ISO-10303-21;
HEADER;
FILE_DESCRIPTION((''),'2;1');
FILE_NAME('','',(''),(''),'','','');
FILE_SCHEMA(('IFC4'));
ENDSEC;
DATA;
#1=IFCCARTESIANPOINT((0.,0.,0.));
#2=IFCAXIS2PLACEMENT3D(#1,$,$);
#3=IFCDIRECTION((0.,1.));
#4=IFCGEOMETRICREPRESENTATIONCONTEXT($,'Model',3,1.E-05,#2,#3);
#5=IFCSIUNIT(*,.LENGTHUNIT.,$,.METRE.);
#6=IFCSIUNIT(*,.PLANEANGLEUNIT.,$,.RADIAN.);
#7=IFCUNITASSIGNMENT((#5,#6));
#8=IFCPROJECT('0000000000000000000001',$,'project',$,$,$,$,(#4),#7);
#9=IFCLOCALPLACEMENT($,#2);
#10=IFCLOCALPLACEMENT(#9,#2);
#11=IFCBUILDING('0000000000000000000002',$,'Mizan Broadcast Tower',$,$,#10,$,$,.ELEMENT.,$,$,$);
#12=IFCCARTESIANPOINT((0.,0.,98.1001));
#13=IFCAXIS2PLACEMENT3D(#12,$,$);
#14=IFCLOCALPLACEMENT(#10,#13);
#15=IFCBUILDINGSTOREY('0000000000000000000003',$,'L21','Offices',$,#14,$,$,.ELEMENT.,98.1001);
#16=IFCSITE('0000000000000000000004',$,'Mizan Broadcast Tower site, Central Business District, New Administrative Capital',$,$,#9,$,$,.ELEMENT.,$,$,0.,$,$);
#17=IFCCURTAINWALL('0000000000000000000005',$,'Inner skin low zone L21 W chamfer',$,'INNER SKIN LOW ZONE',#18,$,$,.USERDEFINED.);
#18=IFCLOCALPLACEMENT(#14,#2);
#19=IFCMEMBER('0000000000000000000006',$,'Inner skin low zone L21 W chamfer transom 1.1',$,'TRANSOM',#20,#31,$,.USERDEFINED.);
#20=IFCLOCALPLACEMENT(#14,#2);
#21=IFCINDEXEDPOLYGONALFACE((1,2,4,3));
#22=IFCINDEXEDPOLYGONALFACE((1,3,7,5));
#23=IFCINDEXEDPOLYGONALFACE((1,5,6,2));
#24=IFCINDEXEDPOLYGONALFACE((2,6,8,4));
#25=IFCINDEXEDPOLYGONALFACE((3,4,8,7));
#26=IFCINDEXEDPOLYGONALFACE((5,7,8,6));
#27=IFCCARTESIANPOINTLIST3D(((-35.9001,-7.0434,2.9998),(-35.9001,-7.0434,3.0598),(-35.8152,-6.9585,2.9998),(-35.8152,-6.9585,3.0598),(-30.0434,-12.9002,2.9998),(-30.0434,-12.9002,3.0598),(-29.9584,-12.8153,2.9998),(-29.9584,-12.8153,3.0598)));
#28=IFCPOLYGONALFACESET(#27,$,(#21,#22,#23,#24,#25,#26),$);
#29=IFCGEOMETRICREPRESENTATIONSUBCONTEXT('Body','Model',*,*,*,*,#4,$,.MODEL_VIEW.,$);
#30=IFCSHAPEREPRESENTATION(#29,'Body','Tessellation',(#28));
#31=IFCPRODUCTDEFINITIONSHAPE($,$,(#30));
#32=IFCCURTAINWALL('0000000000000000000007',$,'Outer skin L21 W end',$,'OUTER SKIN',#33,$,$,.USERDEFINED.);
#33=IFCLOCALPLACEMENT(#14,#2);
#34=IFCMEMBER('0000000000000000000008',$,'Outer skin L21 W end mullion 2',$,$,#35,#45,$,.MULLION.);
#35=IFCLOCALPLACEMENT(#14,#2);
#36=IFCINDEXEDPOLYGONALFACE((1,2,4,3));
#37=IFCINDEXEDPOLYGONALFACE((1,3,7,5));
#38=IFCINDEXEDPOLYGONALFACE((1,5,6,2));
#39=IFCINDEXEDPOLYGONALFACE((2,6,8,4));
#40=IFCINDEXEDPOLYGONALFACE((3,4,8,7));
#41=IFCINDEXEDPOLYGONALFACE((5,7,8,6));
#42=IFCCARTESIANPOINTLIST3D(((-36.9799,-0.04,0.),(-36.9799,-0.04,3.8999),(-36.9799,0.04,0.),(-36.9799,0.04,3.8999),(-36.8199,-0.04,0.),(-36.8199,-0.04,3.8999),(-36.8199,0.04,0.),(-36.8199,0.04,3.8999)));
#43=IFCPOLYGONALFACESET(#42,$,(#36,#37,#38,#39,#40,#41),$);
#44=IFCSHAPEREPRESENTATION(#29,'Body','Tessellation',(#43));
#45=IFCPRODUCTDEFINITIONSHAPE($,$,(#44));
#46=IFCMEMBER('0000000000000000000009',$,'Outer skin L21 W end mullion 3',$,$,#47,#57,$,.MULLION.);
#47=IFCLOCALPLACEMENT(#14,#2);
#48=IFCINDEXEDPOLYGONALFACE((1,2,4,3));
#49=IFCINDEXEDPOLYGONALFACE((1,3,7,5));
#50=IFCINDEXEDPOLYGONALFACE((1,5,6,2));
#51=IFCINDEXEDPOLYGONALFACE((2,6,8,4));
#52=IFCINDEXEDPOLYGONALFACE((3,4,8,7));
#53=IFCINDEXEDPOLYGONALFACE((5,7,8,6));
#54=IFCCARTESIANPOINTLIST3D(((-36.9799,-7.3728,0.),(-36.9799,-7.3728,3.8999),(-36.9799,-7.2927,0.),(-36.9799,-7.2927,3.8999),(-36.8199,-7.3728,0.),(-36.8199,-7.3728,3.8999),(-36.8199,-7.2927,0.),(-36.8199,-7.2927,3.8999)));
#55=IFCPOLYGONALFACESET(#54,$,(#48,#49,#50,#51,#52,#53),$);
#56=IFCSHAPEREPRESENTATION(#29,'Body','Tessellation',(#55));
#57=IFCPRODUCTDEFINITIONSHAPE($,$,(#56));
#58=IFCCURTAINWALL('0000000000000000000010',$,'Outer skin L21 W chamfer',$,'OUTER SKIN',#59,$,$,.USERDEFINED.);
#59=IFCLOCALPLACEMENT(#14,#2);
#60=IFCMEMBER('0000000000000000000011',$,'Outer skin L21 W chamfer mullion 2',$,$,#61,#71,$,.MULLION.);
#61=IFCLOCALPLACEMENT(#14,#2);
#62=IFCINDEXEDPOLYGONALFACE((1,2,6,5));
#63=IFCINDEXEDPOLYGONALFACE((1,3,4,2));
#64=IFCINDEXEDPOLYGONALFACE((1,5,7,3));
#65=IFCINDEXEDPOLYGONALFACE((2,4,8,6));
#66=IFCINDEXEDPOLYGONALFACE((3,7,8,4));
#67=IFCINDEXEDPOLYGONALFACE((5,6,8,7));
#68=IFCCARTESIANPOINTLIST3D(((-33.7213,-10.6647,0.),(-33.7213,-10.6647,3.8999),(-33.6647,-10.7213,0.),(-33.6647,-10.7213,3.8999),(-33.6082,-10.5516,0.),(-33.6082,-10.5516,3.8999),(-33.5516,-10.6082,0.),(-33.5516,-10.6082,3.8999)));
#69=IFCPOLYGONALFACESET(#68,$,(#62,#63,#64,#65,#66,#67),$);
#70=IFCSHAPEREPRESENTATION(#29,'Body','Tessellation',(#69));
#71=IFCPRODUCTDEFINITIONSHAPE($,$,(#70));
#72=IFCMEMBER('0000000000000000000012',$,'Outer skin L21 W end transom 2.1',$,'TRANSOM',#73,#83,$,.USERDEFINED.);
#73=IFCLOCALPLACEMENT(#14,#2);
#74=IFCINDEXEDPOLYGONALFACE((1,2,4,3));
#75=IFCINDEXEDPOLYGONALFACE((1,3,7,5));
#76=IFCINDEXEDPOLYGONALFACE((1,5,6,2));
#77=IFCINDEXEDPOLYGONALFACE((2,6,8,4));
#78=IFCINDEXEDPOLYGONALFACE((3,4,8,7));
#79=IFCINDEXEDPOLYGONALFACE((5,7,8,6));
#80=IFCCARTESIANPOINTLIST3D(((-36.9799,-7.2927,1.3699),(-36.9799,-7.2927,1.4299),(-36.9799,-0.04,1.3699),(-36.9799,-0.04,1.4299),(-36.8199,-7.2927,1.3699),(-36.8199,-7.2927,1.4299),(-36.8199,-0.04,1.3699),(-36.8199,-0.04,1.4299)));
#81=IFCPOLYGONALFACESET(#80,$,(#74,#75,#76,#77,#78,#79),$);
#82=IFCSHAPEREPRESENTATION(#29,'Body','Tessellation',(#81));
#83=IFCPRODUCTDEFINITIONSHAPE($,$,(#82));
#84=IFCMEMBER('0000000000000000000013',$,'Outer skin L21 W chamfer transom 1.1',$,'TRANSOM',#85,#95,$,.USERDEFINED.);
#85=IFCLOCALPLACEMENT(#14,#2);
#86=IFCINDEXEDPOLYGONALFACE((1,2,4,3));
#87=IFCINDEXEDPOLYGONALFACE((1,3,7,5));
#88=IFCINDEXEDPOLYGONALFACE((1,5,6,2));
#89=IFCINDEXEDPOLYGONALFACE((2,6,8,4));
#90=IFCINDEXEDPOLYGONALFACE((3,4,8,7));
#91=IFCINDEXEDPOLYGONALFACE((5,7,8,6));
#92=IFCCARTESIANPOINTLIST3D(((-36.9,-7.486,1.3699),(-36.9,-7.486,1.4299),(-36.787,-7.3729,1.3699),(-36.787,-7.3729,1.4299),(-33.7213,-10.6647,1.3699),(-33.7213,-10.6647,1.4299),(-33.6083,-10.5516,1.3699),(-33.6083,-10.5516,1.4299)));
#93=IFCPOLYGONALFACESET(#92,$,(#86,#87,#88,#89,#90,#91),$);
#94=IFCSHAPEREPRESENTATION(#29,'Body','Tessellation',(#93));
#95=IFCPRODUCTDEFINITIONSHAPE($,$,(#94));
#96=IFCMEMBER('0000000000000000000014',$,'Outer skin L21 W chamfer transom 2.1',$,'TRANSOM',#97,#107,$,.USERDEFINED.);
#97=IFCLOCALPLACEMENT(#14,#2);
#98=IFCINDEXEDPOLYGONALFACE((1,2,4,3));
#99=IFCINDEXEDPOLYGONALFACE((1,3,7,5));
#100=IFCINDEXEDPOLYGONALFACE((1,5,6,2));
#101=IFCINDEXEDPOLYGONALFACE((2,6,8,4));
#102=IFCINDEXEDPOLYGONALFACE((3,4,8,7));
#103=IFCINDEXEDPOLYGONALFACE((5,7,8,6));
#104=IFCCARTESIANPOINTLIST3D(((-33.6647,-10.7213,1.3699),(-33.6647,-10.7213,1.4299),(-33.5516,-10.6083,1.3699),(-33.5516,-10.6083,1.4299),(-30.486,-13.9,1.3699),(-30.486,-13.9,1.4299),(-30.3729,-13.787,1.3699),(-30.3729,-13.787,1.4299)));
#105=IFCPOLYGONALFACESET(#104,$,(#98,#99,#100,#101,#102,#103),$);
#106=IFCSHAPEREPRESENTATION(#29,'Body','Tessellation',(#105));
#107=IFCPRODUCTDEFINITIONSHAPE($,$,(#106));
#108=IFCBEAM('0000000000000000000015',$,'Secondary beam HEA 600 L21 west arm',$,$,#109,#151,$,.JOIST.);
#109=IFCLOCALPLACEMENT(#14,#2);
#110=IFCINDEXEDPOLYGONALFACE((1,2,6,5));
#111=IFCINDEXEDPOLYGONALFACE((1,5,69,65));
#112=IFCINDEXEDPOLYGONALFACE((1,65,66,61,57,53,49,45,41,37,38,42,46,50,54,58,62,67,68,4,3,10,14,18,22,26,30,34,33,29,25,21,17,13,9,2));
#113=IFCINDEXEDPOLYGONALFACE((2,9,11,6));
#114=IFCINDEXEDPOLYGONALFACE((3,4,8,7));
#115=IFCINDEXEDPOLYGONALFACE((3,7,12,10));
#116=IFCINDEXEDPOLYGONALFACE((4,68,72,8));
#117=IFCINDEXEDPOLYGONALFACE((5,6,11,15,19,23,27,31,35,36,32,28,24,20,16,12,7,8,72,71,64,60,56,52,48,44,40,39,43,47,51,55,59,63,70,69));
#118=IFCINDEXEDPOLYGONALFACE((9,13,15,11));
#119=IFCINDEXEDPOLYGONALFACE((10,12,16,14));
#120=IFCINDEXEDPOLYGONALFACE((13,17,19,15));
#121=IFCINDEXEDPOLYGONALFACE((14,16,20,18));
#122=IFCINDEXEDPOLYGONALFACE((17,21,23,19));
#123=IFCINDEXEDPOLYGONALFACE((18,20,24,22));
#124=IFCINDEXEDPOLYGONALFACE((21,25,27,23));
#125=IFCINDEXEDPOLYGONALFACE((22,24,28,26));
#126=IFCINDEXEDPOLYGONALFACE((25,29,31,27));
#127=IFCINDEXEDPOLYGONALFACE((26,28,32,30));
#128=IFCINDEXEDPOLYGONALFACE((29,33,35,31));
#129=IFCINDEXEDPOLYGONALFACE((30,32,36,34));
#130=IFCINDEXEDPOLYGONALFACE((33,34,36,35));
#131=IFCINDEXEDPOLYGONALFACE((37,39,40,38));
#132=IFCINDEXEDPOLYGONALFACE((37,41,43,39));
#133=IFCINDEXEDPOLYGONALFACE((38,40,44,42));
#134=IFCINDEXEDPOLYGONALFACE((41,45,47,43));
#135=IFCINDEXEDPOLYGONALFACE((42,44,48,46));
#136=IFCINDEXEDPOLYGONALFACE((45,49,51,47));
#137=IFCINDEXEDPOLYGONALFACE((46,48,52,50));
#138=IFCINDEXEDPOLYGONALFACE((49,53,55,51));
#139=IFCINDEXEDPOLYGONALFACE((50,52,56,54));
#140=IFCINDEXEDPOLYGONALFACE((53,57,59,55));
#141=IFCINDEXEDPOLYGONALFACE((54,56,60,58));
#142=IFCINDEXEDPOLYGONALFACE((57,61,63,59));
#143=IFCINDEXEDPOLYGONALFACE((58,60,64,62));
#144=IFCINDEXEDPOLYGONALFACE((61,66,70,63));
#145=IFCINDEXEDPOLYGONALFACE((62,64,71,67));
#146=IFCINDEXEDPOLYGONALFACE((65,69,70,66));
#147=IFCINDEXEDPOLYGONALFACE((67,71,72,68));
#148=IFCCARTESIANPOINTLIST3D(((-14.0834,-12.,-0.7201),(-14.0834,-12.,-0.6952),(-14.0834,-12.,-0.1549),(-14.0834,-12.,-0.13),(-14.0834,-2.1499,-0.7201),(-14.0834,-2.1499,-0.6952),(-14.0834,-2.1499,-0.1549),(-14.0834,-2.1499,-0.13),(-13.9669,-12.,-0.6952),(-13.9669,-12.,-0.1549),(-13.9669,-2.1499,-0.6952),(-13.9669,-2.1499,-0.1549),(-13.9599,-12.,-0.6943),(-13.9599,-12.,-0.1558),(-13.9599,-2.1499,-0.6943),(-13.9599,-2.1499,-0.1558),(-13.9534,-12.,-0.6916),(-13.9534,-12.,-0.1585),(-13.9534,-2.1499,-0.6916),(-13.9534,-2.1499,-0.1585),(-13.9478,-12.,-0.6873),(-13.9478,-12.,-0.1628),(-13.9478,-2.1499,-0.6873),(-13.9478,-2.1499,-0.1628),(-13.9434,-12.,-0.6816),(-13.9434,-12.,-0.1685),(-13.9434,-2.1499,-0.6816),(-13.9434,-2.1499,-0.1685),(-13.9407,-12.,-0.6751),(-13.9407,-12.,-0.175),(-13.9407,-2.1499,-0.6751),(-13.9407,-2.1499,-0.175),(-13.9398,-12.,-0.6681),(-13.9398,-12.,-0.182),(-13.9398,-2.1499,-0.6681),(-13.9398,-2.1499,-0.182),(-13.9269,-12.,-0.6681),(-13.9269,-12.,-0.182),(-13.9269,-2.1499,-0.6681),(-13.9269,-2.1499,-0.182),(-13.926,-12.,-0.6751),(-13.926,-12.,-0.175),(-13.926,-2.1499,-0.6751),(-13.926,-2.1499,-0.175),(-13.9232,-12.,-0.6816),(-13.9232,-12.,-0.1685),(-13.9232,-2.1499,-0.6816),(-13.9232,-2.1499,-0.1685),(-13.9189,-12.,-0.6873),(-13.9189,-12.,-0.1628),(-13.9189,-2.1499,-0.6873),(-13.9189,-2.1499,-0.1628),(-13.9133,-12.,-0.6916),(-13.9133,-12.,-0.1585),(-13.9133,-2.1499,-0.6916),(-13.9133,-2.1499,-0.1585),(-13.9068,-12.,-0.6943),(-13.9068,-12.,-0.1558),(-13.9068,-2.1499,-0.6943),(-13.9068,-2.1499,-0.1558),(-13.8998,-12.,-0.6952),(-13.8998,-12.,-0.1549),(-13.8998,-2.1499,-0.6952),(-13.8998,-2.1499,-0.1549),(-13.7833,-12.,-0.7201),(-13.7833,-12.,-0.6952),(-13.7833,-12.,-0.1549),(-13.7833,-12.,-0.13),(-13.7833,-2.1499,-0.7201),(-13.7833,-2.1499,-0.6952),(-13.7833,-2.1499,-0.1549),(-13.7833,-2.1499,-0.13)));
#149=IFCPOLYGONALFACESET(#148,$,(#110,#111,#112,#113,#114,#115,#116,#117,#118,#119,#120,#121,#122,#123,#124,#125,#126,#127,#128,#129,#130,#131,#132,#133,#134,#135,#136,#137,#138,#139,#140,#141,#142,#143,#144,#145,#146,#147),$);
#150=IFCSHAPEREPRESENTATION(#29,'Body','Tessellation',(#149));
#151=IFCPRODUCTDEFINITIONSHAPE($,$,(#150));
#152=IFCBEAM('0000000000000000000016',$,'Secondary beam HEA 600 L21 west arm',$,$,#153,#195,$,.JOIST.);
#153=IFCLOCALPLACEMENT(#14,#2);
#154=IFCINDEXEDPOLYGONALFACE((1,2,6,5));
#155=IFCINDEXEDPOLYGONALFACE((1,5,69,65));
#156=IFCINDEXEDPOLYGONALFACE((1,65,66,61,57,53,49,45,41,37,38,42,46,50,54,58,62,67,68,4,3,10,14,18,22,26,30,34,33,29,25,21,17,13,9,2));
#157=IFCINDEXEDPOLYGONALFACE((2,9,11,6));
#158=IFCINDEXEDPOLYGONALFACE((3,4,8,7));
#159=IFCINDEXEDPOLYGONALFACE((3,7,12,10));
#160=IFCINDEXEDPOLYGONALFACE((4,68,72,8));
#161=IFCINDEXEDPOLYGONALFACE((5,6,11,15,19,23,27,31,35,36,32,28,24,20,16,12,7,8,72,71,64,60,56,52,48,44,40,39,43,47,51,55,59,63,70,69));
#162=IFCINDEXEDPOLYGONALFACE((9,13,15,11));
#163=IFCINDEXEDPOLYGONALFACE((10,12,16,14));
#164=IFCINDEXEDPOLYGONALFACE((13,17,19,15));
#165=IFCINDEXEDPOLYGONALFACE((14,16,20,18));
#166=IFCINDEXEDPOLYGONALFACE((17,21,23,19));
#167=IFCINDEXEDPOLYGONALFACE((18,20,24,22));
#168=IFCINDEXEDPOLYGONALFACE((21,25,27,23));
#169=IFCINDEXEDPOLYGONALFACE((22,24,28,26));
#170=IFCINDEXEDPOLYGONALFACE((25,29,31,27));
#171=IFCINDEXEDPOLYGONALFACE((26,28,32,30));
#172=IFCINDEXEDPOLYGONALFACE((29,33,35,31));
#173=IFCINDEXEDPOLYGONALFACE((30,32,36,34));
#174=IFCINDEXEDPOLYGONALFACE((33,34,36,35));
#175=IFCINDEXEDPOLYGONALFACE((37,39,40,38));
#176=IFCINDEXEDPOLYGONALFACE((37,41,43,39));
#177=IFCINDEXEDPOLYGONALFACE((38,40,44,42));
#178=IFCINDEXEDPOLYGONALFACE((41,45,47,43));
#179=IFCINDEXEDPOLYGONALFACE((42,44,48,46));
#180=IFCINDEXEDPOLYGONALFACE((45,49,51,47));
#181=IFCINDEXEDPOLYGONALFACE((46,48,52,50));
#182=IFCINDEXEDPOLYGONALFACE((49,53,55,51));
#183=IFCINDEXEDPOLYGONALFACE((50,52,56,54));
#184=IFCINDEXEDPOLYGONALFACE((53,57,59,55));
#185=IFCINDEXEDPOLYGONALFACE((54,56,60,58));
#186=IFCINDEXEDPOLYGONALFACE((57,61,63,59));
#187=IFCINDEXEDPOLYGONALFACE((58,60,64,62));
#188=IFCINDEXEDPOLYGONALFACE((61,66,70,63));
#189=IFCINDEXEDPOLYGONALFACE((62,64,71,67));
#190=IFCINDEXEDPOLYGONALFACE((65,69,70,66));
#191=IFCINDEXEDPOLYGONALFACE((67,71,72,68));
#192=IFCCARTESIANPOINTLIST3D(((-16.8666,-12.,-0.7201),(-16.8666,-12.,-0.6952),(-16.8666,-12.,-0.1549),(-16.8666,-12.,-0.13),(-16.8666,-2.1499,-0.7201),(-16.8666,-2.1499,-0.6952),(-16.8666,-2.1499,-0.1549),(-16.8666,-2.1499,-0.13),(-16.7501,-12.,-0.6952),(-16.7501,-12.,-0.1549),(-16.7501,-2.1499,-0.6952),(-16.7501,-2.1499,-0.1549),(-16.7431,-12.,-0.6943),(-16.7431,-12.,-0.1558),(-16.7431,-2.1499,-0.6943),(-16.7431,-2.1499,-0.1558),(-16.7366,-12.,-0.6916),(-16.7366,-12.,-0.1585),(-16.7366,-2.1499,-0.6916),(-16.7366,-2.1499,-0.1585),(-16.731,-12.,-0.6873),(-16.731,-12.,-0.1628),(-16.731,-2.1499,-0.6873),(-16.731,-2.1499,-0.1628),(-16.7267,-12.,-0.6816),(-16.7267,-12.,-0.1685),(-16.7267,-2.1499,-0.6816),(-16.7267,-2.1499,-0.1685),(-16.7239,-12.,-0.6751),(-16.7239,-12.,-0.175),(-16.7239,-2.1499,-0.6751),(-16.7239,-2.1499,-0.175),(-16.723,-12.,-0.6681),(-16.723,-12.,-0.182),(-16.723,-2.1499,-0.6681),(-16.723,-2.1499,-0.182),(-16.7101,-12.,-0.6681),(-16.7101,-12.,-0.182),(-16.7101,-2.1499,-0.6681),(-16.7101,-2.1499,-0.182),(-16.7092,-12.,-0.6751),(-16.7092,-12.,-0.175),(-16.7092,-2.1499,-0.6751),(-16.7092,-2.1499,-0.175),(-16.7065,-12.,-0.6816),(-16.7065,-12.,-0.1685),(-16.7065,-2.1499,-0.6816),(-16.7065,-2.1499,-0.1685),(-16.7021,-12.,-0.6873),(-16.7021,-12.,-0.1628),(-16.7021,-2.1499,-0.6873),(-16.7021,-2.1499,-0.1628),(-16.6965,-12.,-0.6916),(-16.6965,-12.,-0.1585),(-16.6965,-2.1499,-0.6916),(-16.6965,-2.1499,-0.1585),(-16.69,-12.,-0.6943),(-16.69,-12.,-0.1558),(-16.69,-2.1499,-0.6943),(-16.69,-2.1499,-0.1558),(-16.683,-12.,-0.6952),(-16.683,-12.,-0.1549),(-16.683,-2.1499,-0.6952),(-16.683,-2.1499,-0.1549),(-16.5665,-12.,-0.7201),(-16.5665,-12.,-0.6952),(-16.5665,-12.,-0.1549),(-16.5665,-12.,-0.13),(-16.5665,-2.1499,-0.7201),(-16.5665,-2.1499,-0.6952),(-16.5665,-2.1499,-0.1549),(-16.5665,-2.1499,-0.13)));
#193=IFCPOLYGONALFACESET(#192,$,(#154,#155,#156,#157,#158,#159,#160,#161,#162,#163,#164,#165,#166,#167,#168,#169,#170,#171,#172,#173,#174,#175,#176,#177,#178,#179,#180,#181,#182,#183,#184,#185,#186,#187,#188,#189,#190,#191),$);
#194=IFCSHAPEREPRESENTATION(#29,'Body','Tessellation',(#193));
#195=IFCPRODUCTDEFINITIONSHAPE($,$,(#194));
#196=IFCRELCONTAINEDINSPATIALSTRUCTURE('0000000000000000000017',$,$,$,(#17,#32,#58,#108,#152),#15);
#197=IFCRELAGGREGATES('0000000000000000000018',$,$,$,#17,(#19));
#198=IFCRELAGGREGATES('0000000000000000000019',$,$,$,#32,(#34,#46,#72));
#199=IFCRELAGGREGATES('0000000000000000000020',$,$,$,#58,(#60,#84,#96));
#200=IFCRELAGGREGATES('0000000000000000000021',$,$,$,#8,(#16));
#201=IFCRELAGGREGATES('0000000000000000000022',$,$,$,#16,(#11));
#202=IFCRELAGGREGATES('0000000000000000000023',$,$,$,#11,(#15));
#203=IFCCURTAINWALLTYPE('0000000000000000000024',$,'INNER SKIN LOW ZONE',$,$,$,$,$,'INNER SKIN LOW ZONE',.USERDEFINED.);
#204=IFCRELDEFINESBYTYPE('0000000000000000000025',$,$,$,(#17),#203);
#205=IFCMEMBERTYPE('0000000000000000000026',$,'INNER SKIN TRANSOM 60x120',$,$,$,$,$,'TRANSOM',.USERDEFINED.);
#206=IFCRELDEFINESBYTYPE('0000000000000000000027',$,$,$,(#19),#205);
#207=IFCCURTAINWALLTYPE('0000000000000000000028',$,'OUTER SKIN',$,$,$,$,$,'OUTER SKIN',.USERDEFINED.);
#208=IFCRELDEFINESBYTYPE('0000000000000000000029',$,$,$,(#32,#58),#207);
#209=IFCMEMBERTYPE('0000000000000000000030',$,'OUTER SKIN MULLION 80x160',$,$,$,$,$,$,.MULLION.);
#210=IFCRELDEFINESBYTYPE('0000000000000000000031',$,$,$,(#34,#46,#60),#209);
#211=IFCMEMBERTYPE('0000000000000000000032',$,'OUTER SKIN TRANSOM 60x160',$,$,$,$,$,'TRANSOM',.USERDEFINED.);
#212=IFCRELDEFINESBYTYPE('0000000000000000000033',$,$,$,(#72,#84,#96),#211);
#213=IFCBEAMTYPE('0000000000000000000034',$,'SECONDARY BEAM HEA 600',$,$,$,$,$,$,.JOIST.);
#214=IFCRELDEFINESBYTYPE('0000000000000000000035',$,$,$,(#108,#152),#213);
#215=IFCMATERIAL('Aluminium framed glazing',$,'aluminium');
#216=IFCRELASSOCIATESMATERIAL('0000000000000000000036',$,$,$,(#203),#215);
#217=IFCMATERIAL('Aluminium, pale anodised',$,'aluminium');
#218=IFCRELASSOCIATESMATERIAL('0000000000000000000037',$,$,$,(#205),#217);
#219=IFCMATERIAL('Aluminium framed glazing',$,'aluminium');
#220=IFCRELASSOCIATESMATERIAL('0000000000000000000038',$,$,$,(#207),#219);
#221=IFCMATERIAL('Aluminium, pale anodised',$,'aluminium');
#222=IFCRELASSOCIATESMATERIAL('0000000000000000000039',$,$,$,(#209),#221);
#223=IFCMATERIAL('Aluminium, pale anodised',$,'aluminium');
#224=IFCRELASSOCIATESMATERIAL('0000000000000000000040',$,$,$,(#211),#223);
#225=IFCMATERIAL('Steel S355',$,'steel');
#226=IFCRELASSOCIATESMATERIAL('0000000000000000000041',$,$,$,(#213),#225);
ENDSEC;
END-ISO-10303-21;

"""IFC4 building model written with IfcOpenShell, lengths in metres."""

from ifc_helpers import new_model, si_unit, direction, frame, origin, origin_2d, place, context, subcontext, project, spatial, rectangle, i_section, extrude, material, material_profile, profile_set, type_object, element, aggregate, save


model = new_model("IFC4")

# Units and contexts
model_context = context("Model", 3, precision=1e-05, world=origin(), true_north=direction((0.0, 1.0)))
body_context = subcontext(model_context, "Body", "Model", "MODEL_VIEW")
ifc_project = project(units=[si_unit("LENGTHUNIT", "METRE"), si_unit("PLANEANGLEUNIT", "RADIAN")], contexts=[model_context])

# Site, building, storey
site_placement = place(None, origin())
site = spatial("IfcSite", under=ifc_project, at=site_placement, Name="Mizan Broadcast Tower site, Central Business District, New Administrative Capital", CompositionType="ELEMENT", RefElevation=0.0)
building_placement = place(site_placement, origin())
building = spatial("IfcBuilding", under=site, at=building_placement, Name="Mizan Broadcast Tower", CompositionType="ELEMENT")
storey_placement = place(building_placement, frame((0.0, 0.0, 98.1001)))
storey = spatial("IfcBuildingStorey", under=building, at=storey_placement, Name="L21", Description="Offices", CompositionType="ELEMENT", Elevation=98.1001)

# Shared definitions
ifc_material_1 = material(Name="Aluminium framed glazing", Category="aluminium")
curtain_wall_type_1 = type_object("IfcCurtainWallType", Name="INNER SKIN LOW ZONE", ElementType="INNER SKIN LOW ZONE", PredefinedType="USERDEFINED", material=ifc_material_1)
ifc_material_2 = material(Name="Aluminium, pale anodised", Category="aluminium")
ifc_material_profile_1 = material_profile(ifc_material_2, rectangle(XDim=0.1201, YDim=0.0601, at=origin_2d()), Name="TRANSOM 120x60")
ifc_profile_set_1 = profile_set([ifc_material_profile_1], Name="Aluminium, pale anodised")
member_type_1 = type_object("IfcMemberType", Name="INNER SKIN TRANSOM 60x120", ElementType="TRANSOM", PredefinedType="USERDEFINED", material=ifc_profile_set_1)

# Curtain wall, member
curtain_wall_1_placement = place(storey_placement, origin())
curtain_wall_1 = element("IfcCurtainWall", 1, at=curtain_wall_1_placement, inside=storey, type_object=curtain_wall_type_1, Name="Inner skin low zone L21 W chamfer", ObjectType="INNER SKIN LOW ZONE", PredefinedType="USERDEFINED")
member_1_placement = place(storey_placement, frame((-35.8577, -7.001, 3.0298), z_axis=(0.707107, -0.707107, 0.0), x_axis=(0.707107, 0.707107, 0.0)))
member_1 = element("IfcMember", 2, at=member_1_placement, type_object=member_type_1, Name="Inner skin low zone L21 W chamfer transom 1.1", ObjectType="TRANSOM", PredefinedType="USERDEFINED", context=body_context, shape_type="SweptSolid", body=[
    extrude(rectangle(XDim=0.1201, YDim=0.0601, at=origin_2d()), origin(), (0.0, 0.0, 1.0), 8.2827),
])

# Curtain wall, members
ifc_material_3 = material(Name="Aluminium framed glazing", Category="aluminium")
curtain_wall_type_2 = type_object("IfcCurtainWallType", Name="OUTER SKIN", ElementType="OUTER SKIN", PredefinedType="USERDEFINED", material=ifc_material_3)
curtain_wall_2_placement = place(storey_placement, origin())
curtain_wall_2 = element("IfcCurtainWall", 3, at=curtain_wall_2_placement, inside=storey, type_object=curtain_wall_type_2, Name="Outer skin L21 W end", ObjectType="OUTER SKIN", PredefinedType="USERDEFINED")
ifc_material_4 = material(Name="Aluminium, pale anodised", Category="aluminium")
ifc_material_profile_2 = material_profile(ifc_material_4, rectangle(XDim=0.1599, YDim=0.0801, at=origin_2d()), Name="MULLION 160x80")
ifc_profile_set_2 = profile_set([ifc_material_profile_2], Name="Aluminium, pale anodised")
member_type_2 = type_object("IfcMemberType", Name="OUTER SKIN MULLION 80x160", PredefinedType="MULLION", material=ifc_profile_set_2)
member_2_placement = place(storey_placement, frame((-36.8999, 0.0, 0.0), z_axis=(0.0, 0.0, 1.0), x_axis=(1.0, 0.0, 0.0)))
member_2 = element("IfcMember", 4, at=member_2_placement, type_object=member_type_2, Name="Outer skin L21 W end mullion 2", PredefinedType="MULLION", context=body_context, shape_type="SweptSolid", body=[
    extrude(rectangle(XDim=0.1599, YDim=0.0801, at=origin_2d()), origin(), (0.0, 0.0, 1.0), 3.8999),
])
member_3_placement = place(storey_placement, frame((-36.8999, -7.3328, 0.0), z_axis=(0.0, 0.0, 1.0), x_axis=(1.0, 0.0, 0.0)))
member_3 = element("IfcMember", 5, at=member_3_placement, type_object=member_type_2, Name="Outer skin L21 W end mullion 3", PredefinedType="MULLION", context=body_context, shape_type="SweptSolid", body=[
    extrude(rectangle(XDim=0.1599, YDim=0.0801, at=origin_2d()), origin(), (0.0, 0.0, 1.0), 3.8999),
])

# Curtain wall, member
curtain_wall_3_placement = place(storey_placement, origin())
curtain_wall_3 = element("IfcCurtainWall", 6, at=curtain_wall_3_placement, inside=storey, type_object=curtain_wall_type_2, Name="Outer skin L21 W chamfer", ObjectType="OUTER SKIN", PredefinedType="USERDEFINED")
member_4_placement = place(storey_placement, frame((-33.6365, -10.6365, 0.0), z_axis=(0.0, 0.0, 1.0), x_axis=(0.707107, 0.707107, 0.0)))
member_4 = element("IfcMember", 7, at=member_4_placement, type_object=member_type_2, Name="Outer skin L21 W chamfer mullion 2", PredefinedType="MULLION", context=body_context, shape_type="SweptSolid", body=[
    extrude(rectangle(XDim=0.1599, YDim=0.0801, at=origin_2d()), origin(), (0.0, 0.0, 1.0), 3.8999),
])

# Members
ifc_material_5 = material(Name="Aluminium, pale anodised", Category="aluminium")
ifc_material_profile_3 = material_profile(ifc_material_5, rectangle(XDim=0.1599, YDim=0.0601, at=origin_2d()), Name="TRANSOM 160x60")
ifc_profile_set_3 = profile_set([ifc_material_profile_3], Name="Aluminium, pale anodised")
member_type_3 = type_object("IfcMemberType", Name="OUTER SKIN TRANSOM 60x160", ElementType="TRANSOM", PredefinedType="USERDEFINED", material=ifc_profile_set_3)
member_5_placement = place(storey_placement, frame((-36.8999, -0.04, 1.3999), z_axis=(0.0, -1.0, 0.0), x_axis=(1.0, 0.0, 0.0)))
member_5 = element("IfcMember", 8, at=member_5_placement, type_object=member_type_3, Name="Outer skin L21 W end transom 2.1", ObjectType="TRANSOM", PredefinedType="USERDEFINED", context=body_context, shape_type="SweptSolid", body=[
    extrude(rectangle(XDim=0.1599, YDim=0.0601, at=origin_2d()), origin(), (0.0, 0.0, 1.0), 7.2527),
])
member_6_placement = place(storey_placement, frame((-36.8435, -7.4294, 1.3999), z_axis=(0.707107, -0.707107, 0.0), x_axis=(0.707107, 0.707107, 0.0)))
member_6 = element("IfcMember", 9, at=member_6_placement, type_object=member_type_3, Name="Outer skin L21 W chamfer transom 1.1", ObjectType="TRANSOM", PredefinedType="USERDEFINED", context=body_context, shape_type="SweptSolid", body=[
    extrude(rectangle(XDim=0.1599, YDim=0.0601, at=origin_2d()), origin(), (0.0, 0.0, 1.0), 4.4954),
])
member_7_placement = place(storey_placement, frame((-33.6082, -10.6648, 1.3999), z_axis=(0.707107, -0.707107, 0.0), x_axis=(0.707107, 0.707107, 0.0)))
member_7 = element("IfcMember", 10, at=member_7_placement, type_object=member_type_3, Name="Outer skin L21 W chamfer transom 2.1", ObjectType="TRANSOM", PredefinedType="USERDEFINED", context=body_context, shape_type="SweptSolid", body=[
    extrude(rectangle(XDim=0.1599, YDim=0.0601, at=origin_2d()), origin(), (0.0, 0.0, 1.0), 4.4954),
])

# Beams
ifc_material_6 = material(Name="Steel S355", Category="steel")
ifc_material_profile_4 = material_profile(ifc_material_6, i_section(OverallWidth=0.3, OverallDepth=0.5901, WebThickness=0.0129, FlangeThickness=0.0249, FilletRadius=0.0271, at=origin_2d()), Name="HEA 600")
ifc_profile_set_4 = profile_set([ifc_material_profile_4], Name="Steel S355")
beam_type_1 = type_object("IfcBeamType", Name="SECONDARY BEAM HEA 600", PredefinedType="JOIST", material=ifc_profile_set_4)
for number, where, z_axis, x_axis, name in (
    (11, (-13.9333, -12.0, -0.425), (0.0, 1.0, 0.0), (-1.0, 0.0, 0.0), "Secondary beam HEA 600 L21 west arm"),
    (12, (-16.7166, -12.0, -0.425), (0.0, 1.0, 0.0), (-1.0, 0.0, 0.0), "Secondary beam HEA 600 L21 west arm"),
):
    element("IfcBeam", number, at=place(storey_placement, frame(where, z_axis=z_axis, x_axis=x_axis)), inside=storey, type_object=beam_type_1, Name=name, PredefinedType="JOIST", context=body_context, shape_type="SweptSolid", body=[
        extrude(i_section(OverallWidth=0.3, OverallDepth=0.5901, WebThickness=0.0129, FlangeThickness=0.0249, FilletRadius=0.0271, at=origin_2d()), origin(), (0.0, 0.0, 1.0), 9.8501),
    ])

aggregate(curtain_wall_1, [member_1])
aggregate(curtain_wall_2, [member_2, member_3, member_5])
aggregate(curtain_wall_3, [member_4, member_6, member_7])

save(model, "model.ifc")
